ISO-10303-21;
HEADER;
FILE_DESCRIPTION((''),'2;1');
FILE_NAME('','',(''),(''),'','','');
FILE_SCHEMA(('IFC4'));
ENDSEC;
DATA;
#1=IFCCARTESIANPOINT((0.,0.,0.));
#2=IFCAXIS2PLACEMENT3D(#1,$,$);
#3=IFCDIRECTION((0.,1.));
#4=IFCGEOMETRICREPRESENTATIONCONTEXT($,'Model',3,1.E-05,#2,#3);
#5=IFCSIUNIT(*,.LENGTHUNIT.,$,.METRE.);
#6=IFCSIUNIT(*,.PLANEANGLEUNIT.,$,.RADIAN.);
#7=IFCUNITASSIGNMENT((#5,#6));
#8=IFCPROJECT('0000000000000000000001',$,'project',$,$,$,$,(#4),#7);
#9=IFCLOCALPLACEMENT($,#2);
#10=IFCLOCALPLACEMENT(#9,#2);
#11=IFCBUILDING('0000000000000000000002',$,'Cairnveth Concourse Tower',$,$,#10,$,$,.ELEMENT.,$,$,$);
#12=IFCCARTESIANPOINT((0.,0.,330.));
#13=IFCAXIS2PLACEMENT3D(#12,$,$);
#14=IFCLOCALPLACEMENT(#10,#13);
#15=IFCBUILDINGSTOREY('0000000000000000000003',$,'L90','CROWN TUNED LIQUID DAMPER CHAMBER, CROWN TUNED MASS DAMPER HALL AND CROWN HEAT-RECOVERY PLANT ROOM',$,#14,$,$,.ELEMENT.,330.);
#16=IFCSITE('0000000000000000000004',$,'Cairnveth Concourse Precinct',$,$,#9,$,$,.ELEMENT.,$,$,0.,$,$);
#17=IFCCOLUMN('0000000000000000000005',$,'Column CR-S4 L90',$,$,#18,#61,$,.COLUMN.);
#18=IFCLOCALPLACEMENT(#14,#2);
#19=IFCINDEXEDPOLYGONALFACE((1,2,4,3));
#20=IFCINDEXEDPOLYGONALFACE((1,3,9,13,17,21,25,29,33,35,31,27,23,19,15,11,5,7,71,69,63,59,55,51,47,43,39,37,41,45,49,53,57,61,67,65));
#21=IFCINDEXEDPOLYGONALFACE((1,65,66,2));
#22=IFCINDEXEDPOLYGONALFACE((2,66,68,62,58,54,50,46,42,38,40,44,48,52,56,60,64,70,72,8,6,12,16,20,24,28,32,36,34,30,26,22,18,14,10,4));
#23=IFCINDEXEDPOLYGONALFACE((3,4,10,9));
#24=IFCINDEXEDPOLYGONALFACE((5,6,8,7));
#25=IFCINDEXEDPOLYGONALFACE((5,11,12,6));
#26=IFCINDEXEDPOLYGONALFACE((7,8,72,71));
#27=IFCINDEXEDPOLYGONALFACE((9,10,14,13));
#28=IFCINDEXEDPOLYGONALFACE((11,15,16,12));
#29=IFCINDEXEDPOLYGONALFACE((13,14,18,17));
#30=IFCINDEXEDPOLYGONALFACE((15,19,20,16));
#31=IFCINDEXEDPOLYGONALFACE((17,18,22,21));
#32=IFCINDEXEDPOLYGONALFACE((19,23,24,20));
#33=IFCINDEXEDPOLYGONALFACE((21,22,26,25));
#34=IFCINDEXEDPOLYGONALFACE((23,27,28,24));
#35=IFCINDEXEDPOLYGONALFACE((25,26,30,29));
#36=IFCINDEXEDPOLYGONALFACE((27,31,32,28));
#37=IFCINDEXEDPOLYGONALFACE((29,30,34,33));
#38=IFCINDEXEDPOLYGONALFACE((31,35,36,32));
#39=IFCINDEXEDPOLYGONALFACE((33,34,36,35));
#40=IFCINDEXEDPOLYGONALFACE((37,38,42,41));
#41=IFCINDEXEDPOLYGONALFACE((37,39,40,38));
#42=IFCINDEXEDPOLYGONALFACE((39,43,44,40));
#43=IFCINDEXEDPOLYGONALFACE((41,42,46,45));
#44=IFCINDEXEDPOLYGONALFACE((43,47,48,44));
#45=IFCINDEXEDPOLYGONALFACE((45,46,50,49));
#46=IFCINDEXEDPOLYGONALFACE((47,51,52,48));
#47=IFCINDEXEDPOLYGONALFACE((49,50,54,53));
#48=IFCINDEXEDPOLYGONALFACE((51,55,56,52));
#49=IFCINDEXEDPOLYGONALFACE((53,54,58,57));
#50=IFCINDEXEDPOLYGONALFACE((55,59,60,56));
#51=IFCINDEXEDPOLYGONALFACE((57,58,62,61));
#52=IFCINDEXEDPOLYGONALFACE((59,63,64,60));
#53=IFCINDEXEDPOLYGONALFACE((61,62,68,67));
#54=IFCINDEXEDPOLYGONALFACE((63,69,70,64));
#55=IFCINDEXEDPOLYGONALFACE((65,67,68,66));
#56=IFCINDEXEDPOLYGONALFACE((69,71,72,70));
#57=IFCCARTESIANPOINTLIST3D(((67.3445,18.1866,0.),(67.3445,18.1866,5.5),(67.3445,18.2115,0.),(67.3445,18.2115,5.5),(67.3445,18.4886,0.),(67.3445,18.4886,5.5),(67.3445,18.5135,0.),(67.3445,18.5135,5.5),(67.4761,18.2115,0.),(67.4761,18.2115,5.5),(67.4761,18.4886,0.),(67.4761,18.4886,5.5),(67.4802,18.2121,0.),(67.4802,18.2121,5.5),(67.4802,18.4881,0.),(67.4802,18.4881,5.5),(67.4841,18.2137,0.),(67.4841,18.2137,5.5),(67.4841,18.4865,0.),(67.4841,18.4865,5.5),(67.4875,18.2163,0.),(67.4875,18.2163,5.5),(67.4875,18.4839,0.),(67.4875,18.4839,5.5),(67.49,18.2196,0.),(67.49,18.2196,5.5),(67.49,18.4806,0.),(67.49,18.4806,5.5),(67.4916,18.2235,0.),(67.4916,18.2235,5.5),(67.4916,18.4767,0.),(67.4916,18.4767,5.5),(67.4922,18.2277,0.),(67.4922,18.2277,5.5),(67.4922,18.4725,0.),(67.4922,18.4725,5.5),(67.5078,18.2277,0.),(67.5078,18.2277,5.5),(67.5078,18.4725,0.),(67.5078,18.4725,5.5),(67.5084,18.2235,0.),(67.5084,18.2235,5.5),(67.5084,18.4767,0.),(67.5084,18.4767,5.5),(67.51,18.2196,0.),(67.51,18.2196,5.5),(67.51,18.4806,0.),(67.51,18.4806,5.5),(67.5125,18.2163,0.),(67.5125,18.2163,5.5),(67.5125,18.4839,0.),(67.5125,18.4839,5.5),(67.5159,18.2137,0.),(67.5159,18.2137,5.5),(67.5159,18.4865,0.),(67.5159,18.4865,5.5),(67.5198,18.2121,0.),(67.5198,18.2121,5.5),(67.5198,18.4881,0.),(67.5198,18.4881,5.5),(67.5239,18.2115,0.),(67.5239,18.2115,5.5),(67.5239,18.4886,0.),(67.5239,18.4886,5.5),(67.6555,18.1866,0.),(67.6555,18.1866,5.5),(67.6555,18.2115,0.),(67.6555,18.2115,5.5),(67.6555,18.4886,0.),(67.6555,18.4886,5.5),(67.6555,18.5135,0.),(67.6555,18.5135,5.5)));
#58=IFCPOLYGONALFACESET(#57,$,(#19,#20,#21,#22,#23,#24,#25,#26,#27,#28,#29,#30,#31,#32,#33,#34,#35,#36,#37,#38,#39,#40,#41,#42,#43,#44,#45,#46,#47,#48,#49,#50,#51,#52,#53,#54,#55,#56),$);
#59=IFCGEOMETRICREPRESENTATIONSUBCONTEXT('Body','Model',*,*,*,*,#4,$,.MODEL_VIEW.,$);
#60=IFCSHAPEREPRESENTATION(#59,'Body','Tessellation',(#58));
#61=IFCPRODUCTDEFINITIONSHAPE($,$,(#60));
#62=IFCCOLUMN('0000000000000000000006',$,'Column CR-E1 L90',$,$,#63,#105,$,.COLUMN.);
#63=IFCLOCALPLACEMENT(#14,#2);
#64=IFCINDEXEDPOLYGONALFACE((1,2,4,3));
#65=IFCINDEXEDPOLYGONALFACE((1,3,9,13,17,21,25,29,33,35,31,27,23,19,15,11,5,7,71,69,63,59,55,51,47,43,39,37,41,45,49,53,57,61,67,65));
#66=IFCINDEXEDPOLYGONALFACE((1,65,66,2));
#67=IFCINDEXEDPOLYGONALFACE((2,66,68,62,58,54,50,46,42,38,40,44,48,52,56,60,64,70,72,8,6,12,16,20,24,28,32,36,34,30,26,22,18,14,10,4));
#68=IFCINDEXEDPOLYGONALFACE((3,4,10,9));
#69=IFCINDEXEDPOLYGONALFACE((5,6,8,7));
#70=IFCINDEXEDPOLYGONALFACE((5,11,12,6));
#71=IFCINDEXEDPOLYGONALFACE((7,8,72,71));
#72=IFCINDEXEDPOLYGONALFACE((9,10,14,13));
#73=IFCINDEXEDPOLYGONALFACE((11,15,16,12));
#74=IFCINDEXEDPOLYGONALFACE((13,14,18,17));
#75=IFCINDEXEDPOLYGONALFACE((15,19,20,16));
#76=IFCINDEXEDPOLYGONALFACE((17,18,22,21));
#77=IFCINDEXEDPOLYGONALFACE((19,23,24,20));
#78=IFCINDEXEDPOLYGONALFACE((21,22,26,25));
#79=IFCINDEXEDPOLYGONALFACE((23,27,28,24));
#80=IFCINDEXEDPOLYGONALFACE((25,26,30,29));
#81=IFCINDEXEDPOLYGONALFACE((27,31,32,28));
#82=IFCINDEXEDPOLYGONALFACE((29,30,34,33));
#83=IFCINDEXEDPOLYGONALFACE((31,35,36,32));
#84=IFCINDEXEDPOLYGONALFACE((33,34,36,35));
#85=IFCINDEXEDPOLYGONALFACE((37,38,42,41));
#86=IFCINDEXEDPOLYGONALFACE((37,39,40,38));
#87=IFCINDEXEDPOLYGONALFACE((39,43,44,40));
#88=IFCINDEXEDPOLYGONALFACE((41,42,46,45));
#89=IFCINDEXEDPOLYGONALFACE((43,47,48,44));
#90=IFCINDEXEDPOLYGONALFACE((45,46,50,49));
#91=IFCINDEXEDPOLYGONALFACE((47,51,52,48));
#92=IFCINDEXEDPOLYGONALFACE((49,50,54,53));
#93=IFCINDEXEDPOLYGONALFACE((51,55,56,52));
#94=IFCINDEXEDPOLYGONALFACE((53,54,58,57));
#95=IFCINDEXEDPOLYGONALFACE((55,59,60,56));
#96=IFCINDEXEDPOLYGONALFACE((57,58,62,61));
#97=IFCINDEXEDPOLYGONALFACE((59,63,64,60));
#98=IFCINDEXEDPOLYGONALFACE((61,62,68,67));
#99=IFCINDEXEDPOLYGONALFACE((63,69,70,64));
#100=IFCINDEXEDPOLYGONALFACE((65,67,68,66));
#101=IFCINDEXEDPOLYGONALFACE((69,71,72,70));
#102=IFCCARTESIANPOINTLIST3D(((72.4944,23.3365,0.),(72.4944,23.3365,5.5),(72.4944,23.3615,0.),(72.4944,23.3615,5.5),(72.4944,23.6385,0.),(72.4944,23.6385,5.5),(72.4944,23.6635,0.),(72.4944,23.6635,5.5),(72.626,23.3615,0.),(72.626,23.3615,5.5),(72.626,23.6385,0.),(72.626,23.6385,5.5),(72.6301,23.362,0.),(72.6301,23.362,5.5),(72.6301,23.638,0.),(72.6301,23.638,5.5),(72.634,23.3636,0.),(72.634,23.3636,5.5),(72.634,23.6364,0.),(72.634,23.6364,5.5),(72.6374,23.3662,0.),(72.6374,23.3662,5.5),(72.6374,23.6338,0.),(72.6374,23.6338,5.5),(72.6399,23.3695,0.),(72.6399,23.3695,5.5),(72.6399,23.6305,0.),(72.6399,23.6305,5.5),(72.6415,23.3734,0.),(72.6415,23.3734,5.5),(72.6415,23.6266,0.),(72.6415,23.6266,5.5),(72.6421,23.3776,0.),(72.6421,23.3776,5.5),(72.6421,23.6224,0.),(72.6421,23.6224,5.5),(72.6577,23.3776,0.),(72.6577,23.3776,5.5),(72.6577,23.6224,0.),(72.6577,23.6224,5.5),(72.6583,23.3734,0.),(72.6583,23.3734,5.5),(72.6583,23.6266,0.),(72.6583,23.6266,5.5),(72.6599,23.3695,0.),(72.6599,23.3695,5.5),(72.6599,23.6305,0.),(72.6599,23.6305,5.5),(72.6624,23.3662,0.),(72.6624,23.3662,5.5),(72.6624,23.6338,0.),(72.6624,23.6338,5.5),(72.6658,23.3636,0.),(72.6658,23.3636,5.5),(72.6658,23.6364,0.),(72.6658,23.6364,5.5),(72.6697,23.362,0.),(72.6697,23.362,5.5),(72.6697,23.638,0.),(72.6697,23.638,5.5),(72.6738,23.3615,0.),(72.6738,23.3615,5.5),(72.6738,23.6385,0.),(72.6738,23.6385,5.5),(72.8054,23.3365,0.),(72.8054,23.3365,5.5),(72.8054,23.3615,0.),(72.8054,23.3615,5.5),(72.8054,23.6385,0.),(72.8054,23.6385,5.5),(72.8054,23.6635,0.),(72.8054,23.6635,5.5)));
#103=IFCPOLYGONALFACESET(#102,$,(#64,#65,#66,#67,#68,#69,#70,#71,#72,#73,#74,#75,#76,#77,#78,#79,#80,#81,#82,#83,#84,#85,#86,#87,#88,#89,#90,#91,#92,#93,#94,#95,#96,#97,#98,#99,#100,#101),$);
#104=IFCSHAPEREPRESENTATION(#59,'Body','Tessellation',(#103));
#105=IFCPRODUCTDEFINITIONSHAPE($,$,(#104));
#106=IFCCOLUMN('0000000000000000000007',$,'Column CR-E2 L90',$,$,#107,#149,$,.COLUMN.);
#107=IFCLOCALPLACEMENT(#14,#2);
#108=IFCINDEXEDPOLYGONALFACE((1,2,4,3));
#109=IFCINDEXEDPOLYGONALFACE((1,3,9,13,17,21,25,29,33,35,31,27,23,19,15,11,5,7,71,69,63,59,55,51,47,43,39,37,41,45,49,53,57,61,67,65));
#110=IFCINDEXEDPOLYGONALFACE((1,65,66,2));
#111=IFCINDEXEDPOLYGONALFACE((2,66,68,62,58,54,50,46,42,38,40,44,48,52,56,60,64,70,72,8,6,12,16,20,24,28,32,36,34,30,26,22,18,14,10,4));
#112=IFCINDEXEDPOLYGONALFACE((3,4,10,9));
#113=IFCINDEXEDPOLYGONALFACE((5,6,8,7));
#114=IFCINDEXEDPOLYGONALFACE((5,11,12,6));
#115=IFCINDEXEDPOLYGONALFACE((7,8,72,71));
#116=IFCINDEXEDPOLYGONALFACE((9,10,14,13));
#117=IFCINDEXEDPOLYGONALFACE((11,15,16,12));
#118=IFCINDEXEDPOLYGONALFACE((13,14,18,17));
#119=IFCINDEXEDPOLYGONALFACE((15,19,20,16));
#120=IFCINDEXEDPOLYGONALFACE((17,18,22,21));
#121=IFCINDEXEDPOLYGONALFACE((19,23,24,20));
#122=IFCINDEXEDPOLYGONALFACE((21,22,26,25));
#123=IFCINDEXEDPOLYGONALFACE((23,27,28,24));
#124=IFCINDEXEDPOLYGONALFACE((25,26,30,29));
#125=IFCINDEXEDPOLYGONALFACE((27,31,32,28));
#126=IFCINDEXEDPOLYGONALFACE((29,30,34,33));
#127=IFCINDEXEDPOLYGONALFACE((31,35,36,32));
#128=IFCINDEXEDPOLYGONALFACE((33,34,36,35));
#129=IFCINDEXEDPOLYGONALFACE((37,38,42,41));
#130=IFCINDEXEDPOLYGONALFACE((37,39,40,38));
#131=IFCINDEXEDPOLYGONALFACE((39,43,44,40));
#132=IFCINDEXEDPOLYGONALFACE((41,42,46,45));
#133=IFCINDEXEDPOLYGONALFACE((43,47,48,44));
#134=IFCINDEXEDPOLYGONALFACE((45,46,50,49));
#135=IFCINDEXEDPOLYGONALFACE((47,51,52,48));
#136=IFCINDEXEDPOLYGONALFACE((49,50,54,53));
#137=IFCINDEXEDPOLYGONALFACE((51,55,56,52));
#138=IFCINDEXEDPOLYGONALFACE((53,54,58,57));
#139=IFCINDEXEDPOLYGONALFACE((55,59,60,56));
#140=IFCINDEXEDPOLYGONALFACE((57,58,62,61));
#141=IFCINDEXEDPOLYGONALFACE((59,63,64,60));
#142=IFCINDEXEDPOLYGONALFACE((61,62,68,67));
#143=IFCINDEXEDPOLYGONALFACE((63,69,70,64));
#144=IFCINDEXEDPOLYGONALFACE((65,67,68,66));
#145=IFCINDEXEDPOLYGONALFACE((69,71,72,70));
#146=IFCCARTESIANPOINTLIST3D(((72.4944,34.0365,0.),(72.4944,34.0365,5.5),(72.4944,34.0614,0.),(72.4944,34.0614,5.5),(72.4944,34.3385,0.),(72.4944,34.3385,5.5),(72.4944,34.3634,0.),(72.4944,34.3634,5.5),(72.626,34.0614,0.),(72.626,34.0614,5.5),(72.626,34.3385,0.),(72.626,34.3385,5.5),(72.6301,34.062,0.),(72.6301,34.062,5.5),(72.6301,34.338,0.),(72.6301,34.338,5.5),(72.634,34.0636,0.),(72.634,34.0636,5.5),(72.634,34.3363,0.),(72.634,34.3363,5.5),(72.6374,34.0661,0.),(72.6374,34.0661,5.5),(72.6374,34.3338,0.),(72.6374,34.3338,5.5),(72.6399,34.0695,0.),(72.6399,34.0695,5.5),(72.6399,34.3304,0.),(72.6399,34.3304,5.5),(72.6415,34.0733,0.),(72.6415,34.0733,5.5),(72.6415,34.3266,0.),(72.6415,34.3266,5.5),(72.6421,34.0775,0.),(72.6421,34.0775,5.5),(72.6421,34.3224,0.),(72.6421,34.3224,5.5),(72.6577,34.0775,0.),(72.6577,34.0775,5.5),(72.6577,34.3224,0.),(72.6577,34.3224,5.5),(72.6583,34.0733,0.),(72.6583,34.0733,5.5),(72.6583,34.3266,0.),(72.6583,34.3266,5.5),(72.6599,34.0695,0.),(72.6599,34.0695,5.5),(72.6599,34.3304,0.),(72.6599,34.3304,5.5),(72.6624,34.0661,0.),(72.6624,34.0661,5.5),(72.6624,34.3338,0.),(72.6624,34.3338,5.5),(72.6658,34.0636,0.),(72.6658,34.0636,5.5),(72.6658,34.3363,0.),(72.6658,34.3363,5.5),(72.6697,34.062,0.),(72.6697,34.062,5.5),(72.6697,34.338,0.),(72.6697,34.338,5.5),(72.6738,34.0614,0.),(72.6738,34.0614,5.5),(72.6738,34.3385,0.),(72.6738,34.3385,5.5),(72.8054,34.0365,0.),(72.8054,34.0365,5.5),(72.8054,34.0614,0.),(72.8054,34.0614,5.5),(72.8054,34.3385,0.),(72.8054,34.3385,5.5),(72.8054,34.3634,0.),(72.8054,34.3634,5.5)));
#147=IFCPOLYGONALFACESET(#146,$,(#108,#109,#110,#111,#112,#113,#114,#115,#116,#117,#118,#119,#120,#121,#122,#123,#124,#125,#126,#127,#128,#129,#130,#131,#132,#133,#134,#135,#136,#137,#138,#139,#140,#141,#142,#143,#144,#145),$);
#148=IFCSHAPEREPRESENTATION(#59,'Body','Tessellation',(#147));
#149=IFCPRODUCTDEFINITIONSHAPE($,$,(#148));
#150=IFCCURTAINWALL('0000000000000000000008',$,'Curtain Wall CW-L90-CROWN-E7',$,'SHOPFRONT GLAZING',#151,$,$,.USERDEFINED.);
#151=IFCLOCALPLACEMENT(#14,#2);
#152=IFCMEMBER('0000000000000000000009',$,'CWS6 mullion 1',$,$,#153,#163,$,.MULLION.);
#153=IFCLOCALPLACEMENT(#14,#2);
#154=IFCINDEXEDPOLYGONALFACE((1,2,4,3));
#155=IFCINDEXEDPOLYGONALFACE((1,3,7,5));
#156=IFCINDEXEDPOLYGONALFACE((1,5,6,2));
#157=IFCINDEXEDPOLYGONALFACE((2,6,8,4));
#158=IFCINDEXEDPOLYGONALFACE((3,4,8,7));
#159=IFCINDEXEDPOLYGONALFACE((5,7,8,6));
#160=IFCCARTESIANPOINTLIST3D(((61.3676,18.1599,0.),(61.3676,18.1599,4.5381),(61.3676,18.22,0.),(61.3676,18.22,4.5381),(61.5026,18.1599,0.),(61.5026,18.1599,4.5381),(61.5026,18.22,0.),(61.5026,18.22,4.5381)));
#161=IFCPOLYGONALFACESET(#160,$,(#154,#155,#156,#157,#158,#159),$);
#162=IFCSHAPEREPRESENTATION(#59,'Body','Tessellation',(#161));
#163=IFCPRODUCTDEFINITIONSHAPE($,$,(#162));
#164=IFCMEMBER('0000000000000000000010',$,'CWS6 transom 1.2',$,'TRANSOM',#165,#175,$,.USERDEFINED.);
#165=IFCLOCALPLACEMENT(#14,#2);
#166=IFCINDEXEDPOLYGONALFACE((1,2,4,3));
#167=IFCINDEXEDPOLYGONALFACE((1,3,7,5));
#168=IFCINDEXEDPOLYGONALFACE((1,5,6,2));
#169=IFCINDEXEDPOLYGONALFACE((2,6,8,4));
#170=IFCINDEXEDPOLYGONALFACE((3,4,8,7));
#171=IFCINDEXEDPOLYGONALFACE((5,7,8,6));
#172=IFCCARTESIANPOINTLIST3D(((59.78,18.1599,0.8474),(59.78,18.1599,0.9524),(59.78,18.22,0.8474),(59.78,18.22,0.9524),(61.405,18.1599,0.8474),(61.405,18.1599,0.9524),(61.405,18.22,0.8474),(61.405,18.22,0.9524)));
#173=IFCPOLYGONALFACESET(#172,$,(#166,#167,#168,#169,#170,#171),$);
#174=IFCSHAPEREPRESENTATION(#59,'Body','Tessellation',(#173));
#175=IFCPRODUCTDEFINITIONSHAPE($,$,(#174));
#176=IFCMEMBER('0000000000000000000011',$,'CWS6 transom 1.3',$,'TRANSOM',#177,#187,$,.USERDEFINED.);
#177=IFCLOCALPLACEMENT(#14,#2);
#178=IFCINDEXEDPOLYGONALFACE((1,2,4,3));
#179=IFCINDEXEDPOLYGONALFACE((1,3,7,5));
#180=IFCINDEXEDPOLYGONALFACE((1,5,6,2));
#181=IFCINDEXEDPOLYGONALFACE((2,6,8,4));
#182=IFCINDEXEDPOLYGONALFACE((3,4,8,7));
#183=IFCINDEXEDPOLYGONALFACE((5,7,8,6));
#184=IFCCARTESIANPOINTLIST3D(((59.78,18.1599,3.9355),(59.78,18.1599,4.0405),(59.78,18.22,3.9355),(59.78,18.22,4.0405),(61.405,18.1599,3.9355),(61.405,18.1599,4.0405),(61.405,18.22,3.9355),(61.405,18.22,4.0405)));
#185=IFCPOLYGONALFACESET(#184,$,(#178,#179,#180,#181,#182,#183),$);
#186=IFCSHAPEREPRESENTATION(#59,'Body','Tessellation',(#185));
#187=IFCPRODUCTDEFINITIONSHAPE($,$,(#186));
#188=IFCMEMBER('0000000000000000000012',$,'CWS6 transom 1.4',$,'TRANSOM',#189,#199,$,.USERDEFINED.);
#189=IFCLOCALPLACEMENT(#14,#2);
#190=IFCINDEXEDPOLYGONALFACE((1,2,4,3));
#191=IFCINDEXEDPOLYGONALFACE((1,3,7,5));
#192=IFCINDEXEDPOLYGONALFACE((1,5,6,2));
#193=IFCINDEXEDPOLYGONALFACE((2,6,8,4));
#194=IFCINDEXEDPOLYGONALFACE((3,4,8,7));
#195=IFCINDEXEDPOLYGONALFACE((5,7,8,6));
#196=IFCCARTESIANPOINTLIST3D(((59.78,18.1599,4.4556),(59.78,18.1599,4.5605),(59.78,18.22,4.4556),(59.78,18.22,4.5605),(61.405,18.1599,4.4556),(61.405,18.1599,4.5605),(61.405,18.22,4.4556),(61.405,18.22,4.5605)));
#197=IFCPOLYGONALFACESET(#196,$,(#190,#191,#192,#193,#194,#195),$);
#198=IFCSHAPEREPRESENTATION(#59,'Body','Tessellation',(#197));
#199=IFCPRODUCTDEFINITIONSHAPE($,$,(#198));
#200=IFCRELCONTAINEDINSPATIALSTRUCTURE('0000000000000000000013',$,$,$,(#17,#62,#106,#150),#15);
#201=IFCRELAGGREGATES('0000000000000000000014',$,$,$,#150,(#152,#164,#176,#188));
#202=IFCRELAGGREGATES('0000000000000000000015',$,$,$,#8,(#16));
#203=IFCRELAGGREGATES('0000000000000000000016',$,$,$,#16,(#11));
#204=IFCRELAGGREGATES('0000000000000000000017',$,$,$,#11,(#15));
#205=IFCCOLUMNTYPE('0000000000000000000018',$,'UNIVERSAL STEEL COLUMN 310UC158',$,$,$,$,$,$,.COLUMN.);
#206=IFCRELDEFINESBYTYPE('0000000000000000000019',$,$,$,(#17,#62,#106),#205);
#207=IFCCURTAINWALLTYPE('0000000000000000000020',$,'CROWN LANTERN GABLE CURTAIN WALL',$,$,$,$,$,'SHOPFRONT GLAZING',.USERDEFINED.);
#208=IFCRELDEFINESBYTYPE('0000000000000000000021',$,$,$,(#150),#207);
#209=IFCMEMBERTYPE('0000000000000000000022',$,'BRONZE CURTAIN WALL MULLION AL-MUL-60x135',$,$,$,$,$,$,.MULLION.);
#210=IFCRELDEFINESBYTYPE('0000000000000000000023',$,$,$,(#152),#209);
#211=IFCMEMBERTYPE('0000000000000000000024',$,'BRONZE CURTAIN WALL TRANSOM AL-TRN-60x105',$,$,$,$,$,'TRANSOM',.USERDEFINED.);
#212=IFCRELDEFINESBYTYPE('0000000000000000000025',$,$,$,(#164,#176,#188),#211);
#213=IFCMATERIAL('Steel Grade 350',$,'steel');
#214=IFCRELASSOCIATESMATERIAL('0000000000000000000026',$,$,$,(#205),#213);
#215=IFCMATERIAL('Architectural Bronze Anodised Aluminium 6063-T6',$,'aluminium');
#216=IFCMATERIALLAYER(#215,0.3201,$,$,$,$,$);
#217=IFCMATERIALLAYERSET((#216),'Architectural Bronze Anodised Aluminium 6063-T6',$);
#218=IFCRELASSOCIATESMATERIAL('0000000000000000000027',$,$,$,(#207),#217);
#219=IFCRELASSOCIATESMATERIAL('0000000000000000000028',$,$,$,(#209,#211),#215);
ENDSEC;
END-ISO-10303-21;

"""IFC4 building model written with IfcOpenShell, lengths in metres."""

from ifc_helpers import new_model, si_unit, direction, frame, origin, origin_2d, place, context, subcontext, project, spatial, rectangle, i_section, extrude, material, layer, layer_set, material_profile, profile_set, type_object, element, aggregate, save


model = new_model("IFC4")

# Units and contexts
model_context = context("Model", 3, precision=1e-05, world=origin(), true_north=direction((0.0, 1.0)))
body_context = subcontext(model_context, "Body", "Model", "MODEL_VIEW")
ifc_project = project(units=[si_unit("LENGTHUNIT", "METRE"), si_unit("PLANEANGLEUNIT", "RADIAN")], contexts=[model_context])

# Site, building, storey
site_placement = place(None, origin())
site = spatial("IfcSite", under=ifc_project, at=site_placement, Name="Cairnveth Concourse Precinct", CompositionType="ELEMENT", RefElevation=0.0)
building_placement = place(site_placement, origin())
building = spatial("IfcBuilding", under=site, at=building_placement, Name="Cairnveth Concourse Tower", CompositionType="ELEMENT")
storey_placement = place(building_placement, frame((0.0, 0.0, 330.0)))
storey = spatial("IfcBuildingStorey", under=building, at=storey_placement, Name="L90", Description="CROWN TUNED LIQUID DAMPER CHAMBER, CROWN TUNED MASS DAMPER HALL AND CROWN HEAT-RECOVERY PLANT ROOM", CompositionType="ELEMENT", Elevation=330.0)

# Columns
ifc_material_1 = material(Name="Steel Grade 350", Category="steel")
ifc_material_profile_1 = material_profile(ifc_material_1, i_section(OverallWidth=0.311, OverallDepth=0.3269, WebThickness=0.0156, FlangeThickness=0.0249, FilletRadius=0.0161, at=origin_2d()), Name="310UC158")
ifc_profile_set_1 = profile_set([ifc_material_profile_1], Name="Steel Grade 350")
column_type_1 = type_object("IfcColumnType", Name="UNIVERSAL STEEL COLUMN 310UC158", PredefinedType="COLUMN", material=ifc_profile_set_1)
for number, where, z_axis, x_axis, name in (
    (1, (67.5, 18.3501, 0.0), (0.0, 0.0, 1.0), (1.0, 0.0, 0.0), "Column CR-S4 L90"),
    (2, (72.6499, 23.5, 0.0), (0.0, 0.0, 1.0), (1.0, 0.0, 0.0), "Column CR-E1 L90"),
    (3, (72.6499, 34.2, 0.0), (0.0, 0.0, 1.0), (1.0, 0.0, 0.0), "Column CR-E2 L90"),
):
    element("IfcColumn", number, at=place(storey_placement, frame(where, z_axis=z_axis, x_axis=x_axis)), inside=storey, type_object=column_type_1, Name=name, PredefinedType="COLUMN", context=body_context, shape_type="SweptSolid", body=[
        extrude(i_section(OverallWidth=0.311, OverallDepth=0.3269, WebThickness=0.0156, FlangeThickness=0.0249, FilletRadius=0.0161, at=origin_2d()), origin(), (0.0, 0.0, 1.0), 5.5),
    ])

# Curtain wall, members
ifc_material_2 = material(Name="Architectural Bronze Anodised Aluminium 6063-T6", Category="aluminium")
ifc_layer_1 = layer(ifc_material_2, 0.3201)
ifc_layer_set_1 = layer_set([ifc_layer_1], Name="Architectural Bronze Anodised Aluminium 6063-T6")
curtain_wall_type = type_object("IfcCurtainWallType", Name="CROWN LANTERN GABLE CURTAIN WALL", ElementType="SHOPFRONT GLAZING", PredefinedType="USERDEFINED", material=ifc_layer_set_1)
curtain_wall_placement = place(storey_placement, origin())
curtain_wall = element("IfcCurtainWall", 4, at=curtain_wall_placement, inside=storey, type_object=curtain_wall_type, Name="Curtain Wall CW-L90-CROWN-E7", ObjectType="SHOPFRONT GLAZING", PredefinedType="USERDEFINED")
ifc_material_profile_2 = material_profile(ifc_material_2, rectangle(XDim=0.0601, YDim=0.135, at=origin_2d()), Name="AL-MUL-60x135")
ifc_profile_set_2 = profile_set([ifc_material_profile_2], Name="Architectural Bronze Anodised Aluminium 6063-T6")
member_type_1 = type_object("IfcMemberType", Name="BRONZE CURTAIN WALL MULLION AL-MUL-60x135", PredefinedType="MULLION", material=ifc_profile_set_2)
member_1_placement = place(storey_placement, frame((61.4351, 18.1899, 0.0), z_axis=(0.0, 0.0, 1.0), x_axis=(0.0, -1.0, 0.0)))
member_1 = element("IfcMember", 5, at=member_1_placement, type_object=member_type_1, Name="CWS6 mullion 1", PredefinedType="MULLION", context=body_context, shape_type="SweptSolid", body=[
    extrude(rectangle(XDim=0.0601, YDim=0.135, at=origin_2d()), origin(), (0.0, 0.0, 1.0), 4.5381),
])
ifc_material_profile_3 = material_profile(ifc_material_2, rectangle(XDim=0.0601, YDim=0.105, at=origin_2d()), Name="AL-TRN-60x105")
ifc_profile_set_3 = profile_set([ifc_material_profile_3], Name="Architectural Bronze Anodised Aluminium 6063-T6")
member_type_2 = type_object("IfcMemberType", Name="BRONZE CURTAIN WALL TRANSOM AL-TRN-60x105", ElementType="TRANSOM", PredefinedType="USERDEFINED", material=ifc_profile_set_3)
member_2_placement = place(storey_placement, frame((61.405, 18.1899, 0.8999), z_axis=(-1.0, 0.0, 0.0), x_axis=(0.0, -1.0, 0.0)))
member_2 = element("IfcMember", 6, at=member_2_placement, type_object=member_type_2, Name="CWS6 transom 1.2", ObjectType="TRANSOM", PredefinedType="USERDEFINED", context=body_context, shape_type="SweptSolid", body=[
    extrude(rectangle(XDim=0.0601, YDim=0.105, at=origin_2d()), origin(), (0.0, 0.0, 1.0), 1.625),
])
member_3_placement = place(storey_placement, frame((61.405, 18.1899, 3.988), z_axis=(-1.0, 0.0, 0.0), x_axis=(0.0, -1.0, 0.0)))
member_3 = element("IfcMember", 7, at=member_3_placement, type_object=member_type_2, Name="CWS6 transom 1.3", ObjectType="TRANSOM", PredefinedType="USERDEFINED", context=body_context, shape_type="SweptSolid", body=[
    extrude(rectangle(XDim=0.0601, YDim=0.105, at=origin_2d()), origin(), (0.0, 0.0, 1.0), 1.625),
])
member_4_placement = place(storey_placement, frame((61.405, 18.1899, 4.5081), z_axis=(-1.0, 0.0, 0.0), x_axis=(0.0, -1.0, 0.0)))
member_4 = element("IfcMember", 8, at=member_4_placement, type_object=member_type_2, Name="CWS6 transom 1.4", ObjectType="TRANSOM", PredefinedType="USERDEFINED", context=body_context, shape_type="SweptSolid", body=[
    extrude(rectangle(XDim=0.0601, YDim=0.105, at=origin_2d()), origin(), (0.0, 0.0, 1.0), 1.625),
])
aggregate(curtain_wall, [member_1, member_2, member_3, member_4])

save(model, "model.ifc")
